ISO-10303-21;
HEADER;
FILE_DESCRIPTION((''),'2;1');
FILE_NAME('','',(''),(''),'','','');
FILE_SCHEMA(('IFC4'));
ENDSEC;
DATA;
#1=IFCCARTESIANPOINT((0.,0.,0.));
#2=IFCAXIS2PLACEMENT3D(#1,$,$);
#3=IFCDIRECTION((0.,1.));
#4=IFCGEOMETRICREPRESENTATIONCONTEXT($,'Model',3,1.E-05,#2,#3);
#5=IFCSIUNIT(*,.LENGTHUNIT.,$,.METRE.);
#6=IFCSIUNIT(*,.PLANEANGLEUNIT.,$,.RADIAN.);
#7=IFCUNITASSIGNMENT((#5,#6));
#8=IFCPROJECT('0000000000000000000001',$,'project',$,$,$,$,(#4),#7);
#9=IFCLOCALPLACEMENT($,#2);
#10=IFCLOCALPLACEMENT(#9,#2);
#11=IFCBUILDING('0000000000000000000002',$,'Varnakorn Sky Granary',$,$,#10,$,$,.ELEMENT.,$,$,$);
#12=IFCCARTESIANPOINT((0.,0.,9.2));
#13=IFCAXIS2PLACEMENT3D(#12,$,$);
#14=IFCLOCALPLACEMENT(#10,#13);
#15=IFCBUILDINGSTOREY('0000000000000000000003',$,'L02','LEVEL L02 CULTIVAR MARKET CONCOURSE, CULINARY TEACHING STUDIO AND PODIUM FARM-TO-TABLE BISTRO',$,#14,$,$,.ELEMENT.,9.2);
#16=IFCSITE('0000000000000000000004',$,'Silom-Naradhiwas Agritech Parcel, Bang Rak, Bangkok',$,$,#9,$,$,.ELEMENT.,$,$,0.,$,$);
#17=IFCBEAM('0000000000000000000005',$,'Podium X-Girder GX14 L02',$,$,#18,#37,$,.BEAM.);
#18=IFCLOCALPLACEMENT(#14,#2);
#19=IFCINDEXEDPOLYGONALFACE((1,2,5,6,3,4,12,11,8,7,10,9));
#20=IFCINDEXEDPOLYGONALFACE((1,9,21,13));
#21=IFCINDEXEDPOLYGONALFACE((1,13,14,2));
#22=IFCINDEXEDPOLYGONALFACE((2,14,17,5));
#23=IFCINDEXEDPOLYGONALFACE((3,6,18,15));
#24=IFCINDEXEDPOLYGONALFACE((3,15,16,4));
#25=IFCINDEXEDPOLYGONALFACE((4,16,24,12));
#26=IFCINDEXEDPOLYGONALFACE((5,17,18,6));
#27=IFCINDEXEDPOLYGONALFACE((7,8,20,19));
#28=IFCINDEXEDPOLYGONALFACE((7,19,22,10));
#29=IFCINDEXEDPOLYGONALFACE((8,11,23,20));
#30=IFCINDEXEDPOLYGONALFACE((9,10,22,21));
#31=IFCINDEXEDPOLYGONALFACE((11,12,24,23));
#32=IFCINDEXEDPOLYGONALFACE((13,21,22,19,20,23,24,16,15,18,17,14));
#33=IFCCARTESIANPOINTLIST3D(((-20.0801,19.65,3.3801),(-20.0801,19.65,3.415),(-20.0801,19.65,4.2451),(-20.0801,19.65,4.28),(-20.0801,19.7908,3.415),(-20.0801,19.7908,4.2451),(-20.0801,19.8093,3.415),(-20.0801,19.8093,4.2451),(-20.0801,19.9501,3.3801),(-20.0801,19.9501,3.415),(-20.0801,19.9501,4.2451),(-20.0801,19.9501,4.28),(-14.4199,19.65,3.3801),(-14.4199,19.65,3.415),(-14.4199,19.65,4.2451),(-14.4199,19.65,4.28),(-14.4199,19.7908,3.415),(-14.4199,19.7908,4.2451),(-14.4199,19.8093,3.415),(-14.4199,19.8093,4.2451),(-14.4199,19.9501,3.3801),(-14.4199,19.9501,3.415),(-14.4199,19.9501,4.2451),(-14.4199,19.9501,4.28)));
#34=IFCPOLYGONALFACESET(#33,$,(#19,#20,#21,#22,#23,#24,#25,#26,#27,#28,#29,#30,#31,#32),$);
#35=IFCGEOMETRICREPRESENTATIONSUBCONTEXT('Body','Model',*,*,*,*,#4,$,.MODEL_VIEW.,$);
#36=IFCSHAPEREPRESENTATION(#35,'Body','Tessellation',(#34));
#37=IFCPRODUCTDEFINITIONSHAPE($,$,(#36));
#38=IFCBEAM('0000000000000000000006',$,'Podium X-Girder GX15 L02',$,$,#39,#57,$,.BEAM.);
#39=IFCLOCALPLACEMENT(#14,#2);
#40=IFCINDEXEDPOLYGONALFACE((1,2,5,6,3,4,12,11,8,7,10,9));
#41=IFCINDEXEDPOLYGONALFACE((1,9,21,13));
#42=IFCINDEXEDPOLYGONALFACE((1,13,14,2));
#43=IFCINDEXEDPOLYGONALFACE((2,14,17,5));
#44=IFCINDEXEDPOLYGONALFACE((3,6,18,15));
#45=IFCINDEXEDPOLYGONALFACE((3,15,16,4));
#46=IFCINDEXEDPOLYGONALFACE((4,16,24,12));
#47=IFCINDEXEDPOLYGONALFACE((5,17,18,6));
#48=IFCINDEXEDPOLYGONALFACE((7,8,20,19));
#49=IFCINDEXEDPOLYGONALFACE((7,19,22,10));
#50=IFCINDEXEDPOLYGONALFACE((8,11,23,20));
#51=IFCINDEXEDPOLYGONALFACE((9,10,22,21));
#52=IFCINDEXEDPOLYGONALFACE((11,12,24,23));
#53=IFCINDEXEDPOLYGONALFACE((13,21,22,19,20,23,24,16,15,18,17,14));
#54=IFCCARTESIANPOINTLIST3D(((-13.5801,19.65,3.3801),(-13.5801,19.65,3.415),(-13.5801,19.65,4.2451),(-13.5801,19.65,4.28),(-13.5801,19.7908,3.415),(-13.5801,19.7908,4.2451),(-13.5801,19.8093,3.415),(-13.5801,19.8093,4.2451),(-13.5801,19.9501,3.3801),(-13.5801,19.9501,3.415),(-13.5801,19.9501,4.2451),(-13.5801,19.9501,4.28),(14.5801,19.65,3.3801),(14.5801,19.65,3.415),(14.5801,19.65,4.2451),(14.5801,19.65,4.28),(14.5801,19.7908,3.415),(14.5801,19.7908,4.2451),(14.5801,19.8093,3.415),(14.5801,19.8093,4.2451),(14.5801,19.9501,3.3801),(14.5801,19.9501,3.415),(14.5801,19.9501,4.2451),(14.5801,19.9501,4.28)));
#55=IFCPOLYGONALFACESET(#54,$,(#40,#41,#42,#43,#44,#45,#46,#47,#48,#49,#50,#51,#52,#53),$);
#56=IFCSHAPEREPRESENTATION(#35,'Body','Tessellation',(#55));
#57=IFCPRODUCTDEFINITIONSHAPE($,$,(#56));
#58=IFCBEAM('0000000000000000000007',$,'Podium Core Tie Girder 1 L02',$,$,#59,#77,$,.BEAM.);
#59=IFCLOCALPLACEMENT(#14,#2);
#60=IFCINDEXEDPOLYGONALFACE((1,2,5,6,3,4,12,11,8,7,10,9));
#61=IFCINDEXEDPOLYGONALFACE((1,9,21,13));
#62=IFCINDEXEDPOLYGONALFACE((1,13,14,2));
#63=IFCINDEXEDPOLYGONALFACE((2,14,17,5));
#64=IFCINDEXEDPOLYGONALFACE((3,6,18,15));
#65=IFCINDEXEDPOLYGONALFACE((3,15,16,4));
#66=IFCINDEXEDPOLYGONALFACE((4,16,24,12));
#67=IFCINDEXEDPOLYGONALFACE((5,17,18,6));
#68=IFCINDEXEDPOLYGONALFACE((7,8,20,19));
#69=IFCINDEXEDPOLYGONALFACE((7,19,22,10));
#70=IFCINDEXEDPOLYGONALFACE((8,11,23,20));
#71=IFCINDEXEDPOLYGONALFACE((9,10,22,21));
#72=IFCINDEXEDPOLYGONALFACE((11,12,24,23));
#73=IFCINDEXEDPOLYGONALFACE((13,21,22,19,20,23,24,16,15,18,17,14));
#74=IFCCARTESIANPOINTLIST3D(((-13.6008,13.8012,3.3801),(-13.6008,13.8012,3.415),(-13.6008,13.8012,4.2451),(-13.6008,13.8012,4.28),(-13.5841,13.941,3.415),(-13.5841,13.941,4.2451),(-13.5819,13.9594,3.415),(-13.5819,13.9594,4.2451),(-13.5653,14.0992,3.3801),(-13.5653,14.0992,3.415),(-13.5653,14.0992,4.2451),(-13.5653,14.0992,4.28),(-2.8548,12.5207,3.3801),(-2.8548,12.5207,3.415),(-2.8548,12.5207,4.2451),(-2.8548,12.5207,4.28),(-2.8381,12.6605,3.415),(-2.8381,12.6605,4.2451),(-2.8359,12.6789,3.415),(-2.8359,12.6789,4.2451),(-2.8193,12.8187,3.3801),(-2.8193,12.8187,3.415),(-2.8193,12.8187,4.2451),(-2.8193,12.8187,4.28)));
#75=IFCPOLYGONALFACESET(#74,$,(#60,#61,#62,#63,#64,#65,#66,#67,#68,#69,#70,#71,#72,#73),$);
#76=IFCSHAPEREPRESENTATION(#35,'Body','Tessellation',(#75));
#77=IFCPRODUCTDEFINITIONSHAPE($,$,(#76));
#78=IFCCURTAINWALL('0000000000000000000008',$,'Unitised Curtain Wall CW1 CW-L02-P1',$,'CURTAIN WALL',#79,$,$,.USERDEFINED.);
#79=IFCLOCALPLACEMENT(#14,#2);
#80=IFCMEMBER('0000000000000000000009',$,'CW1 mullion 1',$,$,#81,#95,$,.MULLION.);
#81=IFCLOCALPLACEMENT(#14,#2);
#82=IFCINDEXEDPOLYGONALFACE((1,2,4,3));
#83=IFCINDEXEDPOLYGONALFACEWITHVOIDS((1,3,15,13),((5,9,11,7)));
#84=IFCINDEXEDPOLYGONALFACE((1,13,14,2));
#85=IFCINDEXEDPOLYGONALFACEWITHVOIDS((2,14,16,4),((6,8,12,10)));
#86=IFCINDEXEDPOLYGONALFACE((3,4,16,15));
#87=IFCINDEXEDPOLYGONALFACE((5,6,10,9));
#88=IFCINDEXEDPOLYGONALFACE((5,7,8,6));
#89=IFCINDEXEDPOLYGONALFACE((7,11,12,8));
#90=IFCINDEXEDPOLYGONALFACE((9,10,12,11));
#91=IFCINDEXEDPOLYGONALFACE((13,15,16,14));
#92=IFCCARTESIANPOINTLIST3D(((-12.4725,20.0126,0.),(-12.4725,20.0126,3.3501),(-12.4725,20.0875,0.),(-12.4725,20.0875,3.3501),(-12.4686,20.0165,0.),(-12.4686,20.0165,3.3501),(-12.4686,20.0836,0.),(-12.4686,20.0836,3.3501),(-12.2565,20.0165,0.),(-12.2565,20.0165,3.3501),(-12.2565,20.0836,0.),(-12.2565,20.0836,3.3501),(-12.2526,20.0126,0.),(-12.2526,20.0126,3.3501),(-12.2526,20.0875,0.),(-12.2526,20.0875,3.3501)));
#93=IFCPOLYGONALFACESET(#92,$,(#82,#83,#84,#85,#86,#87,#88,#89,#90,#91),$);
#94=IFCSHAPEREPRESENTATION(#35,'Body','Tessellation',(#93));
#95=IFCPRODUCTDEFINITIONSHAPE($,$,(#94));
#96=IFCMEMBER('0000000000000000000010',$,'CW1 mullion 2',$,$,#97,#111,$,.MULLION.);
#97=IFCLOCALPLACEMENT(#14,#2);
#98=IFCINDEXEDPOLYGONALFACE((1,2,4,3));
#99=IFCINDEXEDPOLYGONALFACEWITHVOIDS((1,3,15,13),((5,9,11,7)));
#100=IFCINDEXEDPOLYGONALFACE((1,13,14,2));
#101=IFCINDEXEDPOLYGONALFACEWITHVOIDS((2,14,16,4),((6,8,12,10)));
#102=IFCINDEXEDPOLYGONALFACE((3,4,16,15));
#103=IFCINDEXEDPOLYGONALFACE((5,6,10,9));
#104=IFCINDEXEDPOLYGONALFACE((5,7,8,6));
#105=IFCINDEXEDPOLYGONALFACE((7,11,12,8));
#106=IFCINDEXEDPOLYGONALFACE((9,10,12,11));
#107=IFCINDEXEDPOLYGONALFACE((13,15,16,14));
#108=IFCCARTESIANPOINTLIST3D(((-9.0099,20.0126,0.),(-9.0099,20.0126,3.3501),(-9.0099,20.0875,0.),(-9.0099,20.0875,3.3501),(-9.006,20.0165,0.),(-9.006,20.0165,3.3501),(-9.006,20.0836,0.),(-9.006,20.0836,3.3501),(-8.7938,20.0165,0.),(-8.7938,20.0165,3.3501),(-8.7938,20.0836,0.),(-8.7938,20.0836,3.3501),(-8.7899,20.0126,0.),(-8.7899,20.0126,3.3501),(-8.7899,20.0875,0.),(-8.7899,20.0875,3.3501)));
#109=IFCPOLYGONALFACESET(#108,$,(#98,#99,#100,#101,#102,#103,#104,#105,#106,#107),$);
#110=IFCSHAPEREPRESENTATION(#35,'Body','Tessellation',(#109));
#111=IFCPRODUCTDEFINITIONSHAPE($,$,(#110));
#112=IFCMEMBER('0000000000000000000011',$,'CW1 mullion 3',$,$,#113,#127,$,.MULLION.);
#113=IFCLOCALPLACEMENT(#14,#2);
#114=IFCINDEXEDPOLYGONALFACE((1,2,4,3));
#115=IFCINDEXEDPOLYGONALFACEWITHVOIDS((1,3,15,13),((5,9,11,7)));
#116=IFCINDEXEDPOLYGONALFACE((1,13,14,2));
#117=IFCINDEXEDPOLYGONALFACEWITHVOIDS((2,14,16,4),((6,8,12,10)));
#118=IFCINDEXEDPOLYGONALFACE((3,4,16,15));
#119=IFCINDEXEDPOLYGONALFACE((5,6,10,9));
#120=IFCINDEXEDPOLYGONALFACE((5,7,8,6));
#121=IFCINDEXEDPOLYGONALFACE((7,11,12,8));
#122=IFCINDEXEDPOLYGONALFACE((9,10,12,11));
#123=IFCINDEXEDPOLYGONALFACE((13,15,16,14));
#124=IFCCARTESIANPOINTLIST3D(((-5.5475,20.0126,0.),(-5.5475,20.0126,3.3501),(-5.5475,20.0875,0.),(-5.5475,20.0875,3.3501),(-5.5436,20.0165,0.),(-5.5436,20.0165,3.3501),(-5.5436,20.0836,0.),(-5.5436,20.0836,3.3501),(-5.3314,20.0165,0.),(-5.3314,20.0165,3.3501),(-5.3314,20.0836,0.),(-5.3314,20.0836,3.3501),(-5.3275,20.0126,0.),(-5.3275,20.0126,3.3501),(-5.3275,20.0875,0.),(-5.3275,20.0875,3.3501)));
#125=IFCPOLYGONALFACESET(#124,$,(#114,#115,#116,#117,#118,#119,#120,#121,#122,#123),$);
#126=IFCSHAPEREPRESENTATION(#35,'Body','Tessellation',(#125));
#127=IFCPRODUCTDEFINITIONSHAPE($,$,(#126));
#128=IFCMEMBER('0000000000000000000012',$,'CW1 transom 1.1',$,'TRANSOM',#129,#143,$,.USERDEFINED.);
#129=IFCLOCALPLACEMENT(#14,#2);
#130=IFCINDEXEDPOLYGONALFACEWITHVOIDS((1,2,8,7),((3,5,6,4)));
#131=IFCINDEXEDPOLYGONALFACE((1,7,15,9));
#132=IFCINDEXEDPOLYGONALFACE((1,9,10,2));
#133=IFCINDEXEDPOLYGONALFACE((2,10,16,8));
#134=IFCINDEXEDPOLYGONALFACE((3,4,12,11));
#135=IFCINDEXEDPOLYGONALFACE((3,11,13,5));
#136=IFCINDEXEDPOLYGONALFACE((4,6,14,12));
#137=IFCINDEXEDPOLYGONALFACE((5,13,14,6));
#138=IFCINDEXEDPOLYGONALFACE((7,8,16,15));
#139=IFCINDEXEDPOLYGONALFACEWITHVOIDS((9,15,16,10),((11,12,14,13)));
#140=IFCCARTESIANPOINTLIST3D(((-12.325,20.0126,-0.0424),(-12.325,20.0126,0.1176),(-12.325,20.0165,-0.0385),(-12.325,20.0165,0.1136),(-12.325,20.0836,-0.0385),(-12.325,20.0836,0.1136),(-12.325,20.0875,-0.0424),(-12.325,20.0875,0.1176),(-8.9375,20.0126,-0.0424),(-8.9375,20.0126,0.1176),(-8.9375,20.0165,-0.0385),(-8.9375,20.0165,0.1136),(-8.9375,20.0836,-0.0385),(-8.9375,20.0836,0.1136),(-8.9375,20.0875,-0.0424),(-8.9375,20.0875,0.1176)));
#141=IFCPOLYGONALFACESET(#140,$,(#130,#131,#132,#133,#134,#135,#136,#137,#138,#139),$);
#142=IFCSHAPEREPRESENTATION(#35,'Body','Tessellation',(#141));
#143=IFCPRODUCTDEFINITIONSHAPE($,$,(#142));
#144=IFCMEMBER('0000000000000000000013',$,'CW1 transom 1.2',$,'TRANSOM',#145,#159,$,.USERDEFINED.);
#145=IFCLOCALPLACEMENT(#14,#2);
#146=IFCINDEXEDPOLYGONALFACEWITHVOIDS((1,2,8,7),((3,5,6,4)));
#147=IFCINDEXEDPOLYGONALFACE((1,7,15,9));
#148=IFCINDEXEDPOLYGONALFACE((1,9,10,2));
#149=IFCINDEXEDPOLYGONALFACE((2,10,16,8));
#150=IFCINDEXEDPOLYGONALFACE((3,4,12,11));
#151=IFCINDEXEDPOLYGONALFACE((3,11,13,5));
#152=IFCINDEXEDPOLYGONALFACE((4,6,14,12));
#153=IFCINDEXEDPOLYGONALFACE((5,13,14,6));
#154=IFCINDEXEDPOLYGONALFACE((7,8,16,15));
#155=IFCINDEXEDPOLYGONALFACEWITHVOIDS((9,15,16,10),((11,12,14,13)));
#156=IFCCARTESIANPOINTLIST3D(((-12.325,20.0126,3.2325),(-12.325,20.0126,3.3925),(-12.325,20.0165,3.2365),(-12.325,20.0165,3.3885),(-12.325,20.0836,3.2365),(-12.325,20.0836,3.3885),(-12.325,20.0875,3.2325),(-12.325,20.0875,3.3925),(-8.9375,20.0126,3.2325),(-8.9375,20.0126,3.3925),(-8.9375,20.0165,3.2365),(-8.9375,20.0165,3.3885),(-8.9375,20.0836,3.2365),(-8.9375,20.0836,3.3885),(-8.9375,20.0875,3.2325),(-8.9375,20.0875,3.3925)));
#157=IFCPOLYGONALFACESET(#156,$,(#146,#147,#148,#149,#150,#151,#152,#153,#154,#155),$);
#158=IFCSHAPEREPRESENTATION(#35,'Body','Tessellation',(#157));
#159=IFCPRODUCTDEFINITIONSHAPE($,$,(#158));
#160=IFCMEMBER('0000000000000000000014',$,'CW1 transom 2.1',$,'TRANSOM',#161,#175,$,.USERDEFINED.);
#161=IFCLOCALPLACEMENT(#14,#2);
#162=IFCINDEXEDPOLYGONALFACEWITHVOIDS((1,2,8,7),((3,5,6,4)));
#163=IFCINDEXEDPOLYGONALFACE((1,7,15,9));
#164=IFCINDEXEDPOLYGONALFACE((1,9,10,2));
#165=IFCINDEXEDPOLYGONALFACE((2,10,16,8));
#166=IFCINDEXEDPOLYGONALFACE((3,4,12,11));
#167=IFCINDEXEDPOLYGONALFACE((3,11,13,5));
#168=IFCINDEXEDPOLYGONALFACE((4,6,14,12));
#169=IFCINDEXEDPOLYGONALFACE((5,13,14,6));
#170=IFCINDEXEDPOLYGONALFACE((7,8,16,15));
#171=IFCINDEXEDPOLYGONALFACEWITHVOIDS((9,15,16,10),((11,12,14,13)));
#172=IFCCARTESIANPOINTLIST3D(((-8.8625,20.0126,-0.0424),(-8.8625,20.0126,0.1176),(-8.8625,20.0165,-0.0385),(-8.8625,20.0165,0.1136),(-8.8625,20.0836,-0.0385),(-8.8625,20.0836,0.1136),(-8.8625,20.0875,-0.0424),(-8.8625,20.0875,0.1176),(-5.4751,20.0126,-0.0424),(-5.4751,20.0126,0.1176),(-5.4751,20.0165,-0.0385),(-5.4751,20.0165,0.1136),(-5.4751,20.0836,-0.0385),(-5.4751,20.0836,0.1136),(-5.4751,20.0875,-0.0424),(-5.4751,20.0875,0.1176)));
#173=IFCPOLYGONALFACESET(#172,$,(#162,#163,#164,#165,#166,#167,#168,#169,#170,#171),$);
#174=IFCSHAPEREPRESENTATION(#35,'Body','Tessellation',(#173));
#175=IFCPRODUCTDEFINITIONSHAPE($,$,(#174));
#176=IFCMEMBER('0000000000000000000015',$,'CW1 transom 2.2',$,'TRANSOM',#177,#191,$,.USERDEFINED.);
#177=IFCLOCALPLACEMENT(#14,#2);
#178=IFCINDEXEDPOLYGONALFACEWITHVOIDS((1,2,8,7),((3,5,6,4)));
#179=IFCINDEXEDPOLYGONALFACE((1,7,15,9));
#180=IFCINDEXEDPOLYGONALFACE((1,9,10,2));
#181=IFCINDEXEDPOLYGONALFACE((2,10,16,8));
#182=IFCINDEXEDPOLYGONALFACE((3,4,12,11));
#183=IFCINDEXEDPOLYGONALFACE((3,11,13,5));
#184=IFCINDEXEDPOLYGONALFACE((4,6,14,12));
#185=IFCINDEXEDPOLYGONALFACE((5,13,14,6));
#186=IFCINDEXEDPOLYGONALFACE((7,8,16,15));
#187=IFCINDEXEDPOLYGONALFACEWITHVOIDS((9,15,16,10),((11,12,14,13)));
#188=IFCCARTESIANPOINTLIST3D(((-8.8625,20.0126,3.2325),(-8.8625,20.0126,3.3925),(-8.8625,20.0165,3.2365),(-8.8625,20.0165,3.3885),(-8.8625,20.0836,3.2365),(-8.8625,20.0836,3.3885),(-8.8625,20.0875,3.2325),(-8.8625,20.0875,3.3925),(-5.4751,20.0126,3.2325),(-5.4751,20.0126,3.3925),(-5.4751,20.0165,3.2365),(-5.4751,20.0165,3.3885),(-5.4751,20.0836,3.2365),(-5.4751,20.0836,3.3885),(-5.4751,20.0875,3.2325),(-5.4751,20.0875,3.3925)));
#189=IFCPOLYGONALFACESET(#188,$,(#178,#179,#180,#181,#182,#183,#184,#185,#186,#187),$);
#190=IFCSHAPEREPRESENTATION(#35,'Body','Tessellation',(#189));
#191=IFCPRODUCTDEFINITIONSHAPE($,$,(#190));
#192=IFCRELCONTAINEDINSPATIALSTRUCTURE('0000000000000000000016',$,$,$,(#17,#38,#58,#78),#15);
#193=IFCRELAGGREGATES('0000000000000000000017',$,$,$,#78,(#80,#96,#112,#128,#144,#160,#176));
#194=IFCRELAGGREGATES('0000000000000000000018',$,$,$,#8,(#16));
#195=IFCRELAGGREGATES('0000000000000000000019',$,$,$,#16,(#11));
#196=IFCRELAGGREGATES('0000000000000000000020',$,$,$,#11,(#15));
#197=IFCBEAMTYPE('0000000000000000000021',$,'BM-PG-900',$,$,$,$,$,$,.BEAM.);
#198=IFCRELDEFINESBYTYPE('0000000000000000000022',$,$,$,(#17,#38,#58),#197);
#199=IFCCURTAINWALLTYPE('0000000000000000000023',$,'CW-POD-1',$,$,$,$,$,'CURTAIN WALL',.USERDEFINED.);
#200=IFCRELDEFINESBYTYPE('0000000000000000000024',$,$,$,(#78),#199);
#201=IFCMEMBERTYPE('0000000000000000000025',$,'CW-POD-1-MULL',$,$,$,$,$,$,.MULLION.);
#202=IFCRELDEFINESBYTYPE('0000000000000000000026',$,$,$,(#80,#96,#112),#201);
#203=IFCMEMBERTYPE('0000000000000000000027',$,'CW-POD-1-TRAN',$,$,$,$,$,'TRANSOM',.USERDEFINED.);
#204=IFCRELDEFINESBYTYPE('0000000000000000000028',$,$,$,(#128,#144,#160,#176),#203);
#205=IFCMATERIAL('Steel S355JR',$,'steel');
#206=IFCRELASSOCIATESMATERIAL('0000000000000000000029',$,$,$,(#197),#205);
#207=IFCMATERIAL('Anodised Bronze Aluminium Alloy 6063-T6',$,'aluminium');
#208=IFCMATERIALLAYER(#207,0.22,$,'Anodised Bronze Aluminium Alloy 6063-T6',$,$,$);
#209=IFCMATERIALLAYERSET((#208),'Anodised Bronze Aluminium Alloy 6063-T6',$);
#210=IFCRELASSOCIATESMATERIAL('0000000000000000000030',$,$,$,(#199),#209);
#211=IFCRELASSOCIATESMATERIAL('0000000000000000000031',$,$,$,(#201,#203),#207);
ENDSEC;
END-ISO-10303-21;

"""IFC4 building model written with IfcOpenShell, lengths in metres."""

from ifc_helpers import new_model, si_unit, direction, frame, origin, origin_2d, place, context, subcontext, project, spatial, hollow_rectangle, i_section, extrude, material, layer, layer_set, material_profile, profile_set, type_object, element, aggregate, save


model = new_model("IFC4")

# Units and contexts
model_context = context("Model", 3, precision=1e-05, world=origin(), true_north=direction((0.0, 1.0)))
body_context = subcontext(model_context, "Body", "Model", "MODEL_VIEW")
ifc_project = project(units=[si_unit("LENGTHUNIT", "METRE"), si_unit("PLANEANGLEUNIT", "RADIAN")], contexts=[model_context])

# Site, building, storey
site_placement = place(None, origin())
site = spatial("IfcSite", under=ifc_project, at=site_placement, Name="Silom-Naradhiwas Agritech Parcel, Bang Rak, Bangkok", CompositionType="ELEMENT", RefElevation=0.0)
building_placement = place(site_placement, origin())
building = spatial("IfcBuilding", under=site, at=building_placement, Name="Varnakorn Sky Granary", CompositionType="ELEMENT")
storey_placement = place(building_placement, frame((0.0, 0.0, 9.2)))
storey = spatial("IfcBuildingStorey", under=building, at=storey_placement, Name="L02", Description="LEVEL L02 CULTIVAR MARKET CONCOURSE, CULINARY TEACHING STUDIO AND PODIUM FARM-TO-TABLE BISTRO", CompositionType="ELEMENT", Elevation=9.2)

# Beams
ifc_material_1 = material(Name="Steel S355JR", Category="steel")
ifc_material_profile_1 = material_profile(ifc_material_1, i_section(OverallWidth=0.3, OverallDepth=0.8999, WebThickness=0.0186, FlangeThickness=0.0349, at=origin_2d()), Name="HE 900 B")
ifc_profile_set_1 = profile_set([ifc_material_profile_1], Name="Steel S355JR")
beam_type_1 = type_object("IfcBeamType", Name="BM-PG-900", PredefinedType="BEAM", material=ifc_profile_set_1)
beam_1_placement = place(storey_placement, frame((-20.0801, 19.8, 3.8301), z_axis=(1.0, 0.0, 0.0), x_axis=(0.0, 1.0, 0.0)))
element("IfcBeam", 1, at=beam_1_placement, inside=storey, type_object=beam_type_1, Name="Podium X-Girder GX14 L02", PredefinedType="BEAM", context=body_context, shape_type="SweptSolid", body=[
    extrude(i_section(OverallWidth=0.3, OverallDepth=0.8999, WebThickness=0.0186, FlangeThickness=0.0349, at=origin_2d()), origin(), (0.0, 0.0, 1.0), 5.6602),
])
beam_2_placement = place(storey_placement, frame((-13.5801, 19.8, 3.8301), z_axis=(1.0, 0.0, 0.0), x_axis=(0.0, 1.0, 0.0)))
element("IfcBeam", 2, at=beam_2_placement, inside=storey, type_object=beam_type_1, Name="Podium X-Girder GX15 L02", PredefinedType="BEAM", context=body_context, shape_type="SweptSolid", body=[
    extrude(i_section(OverallWidth=0.3, OverallDepth=0.8999, WebThickness=0.0186, FlangeThickness=0.0349, at=origin_2d()), origin(), (0.0, 0.0, 1.0), 28.1602),
])
beam_3_placement = place(storey_placement, frame((-13.583, 13.9502, 3.8301), z_axis=(0.992975, -0.118324, 0.0), x_axis=(0.118324, 0.992975, 0.0)))
element("IfcBeam", 3, at=beam_3_placement, inside=storey, type_object=beam_type_1, Name="Podium Core Tie Girder 1 L02", PredefinedType="BEAM", context=body_context, shape_type="SweptSolid", body=[
    extrude(i_section(OverallWidth=0.3, OverallDepth=0.8999, WebThickness=0.0186, FlangeThickness=0.0349, at=origin_2d()), origin(), (0.0, 0.0, 1.0), 10.822),
])

# Curtain wall, members
ifc_material_2 = material(Name="Anodised Bronze Aluminium Alloy 6063-T6", Category="aluminium")
ifc_layer_1 = layer(ifc_material_2, 0.22, Name="Anodised Bronze Aluminium Alloy 6063-T6")
ifc_layer_set_1 = layer_set([ifc_layer_1], Name="Anodised Bronze Aluminium Alloy 6063-T6")
curtain_wall_type = type_object("IfcCurtainWallType", Name="CW-POD-1", ElementType="CURTAIN WALL", PredefinedType="USERDEFINED", material=ifc_layer_set_1)
curtain_wall_placement = place(storey_placement, origin())
curtain_wall = element("IfcCurtainWall", 4, at=curtain_wall_placement, inside=storey, type_object=curtain_wall_type, Name="Unitised Curtain Wall CW1 CW-L02-P1", ObjectType="CURTAIN WALL", PredefinedType="USERDEFINED")
ifc_material_profile_2 = material_profile(ifc_material_2, hollow_rectangle(XDim=0.075, YDim=0.22, WallThickness=0.0039, at=origin_2d()), Name="ALU MULL 75x220")
ifc_profile_set_2 = profile_set([ifc_material_profile_2], Name="Anodised Bronze Aluminium Alloy 6063-T6")
member_type_1 = type_object("IfcMemberType", Name="CW-POD-1-MULL", PredefinedType="MULLION", material=ifc_profile_set_2)
member_1_placement = place(storey_placement, frame((-12.3625, 20.05, 0.0), z_axis=(0.0, 0.0, 1.0), x_axis=(0.0, 1.0, 0.0)))
member_1 = element("IfcMember", 5, at=member_1_placement, type_object=member_type_1, Name="CW1 mullion 1", PredefinedType="MULLION", context=body_context, shape_type="SweptSolid", body=[
    extrude(hollow_rectangle(XDim=0.075, YDim=0.22, WallThickness=0.0039, at=origin_2d()), origin(), (0.0, 0.0, 1.0), 3.3501),
])
member_2_placement = place(storey_placement, frame((-8.8999, 20.05, 0.0), z_axis=(0.0, 0.0, 1.0), x_axis=(0.0, 1.0, 0.0)))
member_2 = element("IfcMember", 6, at=member_2_placement, type_object=member_type_1, Name="CW1 mullion 2", PredefinedType="MULLION", context=body_context, shape_type="SweptSolid", body=[
    extrude(hollow_rectangle(XDim=0.075, YDim=0.22, WallThickness=0.0039, at=origin_2d()), origin(), (0.0, 0.0, 1.0), 3.3501),
])
member_3_placement = place(storey_placement, frame((-5.4375, 20.05, 0.0), z_axis=(0.0, 0.0, 1.0), x_axis=(0.0, 1.0, 0.0)))
member_3 = element("IfcMember", 7, at=member_3_placement, type_object=member_type_1, Name="CW1 mullion 3", PredefinedType="MULLION", context=body_context, shape_type="SweptSolid", body=[
    extrude(hollow_rectangle(XDim=0.075, YDim=0.22, WallThickness=0.0039, at=origin_2d()), origin(), (0.0, 0.0, 1.0), 3.3501),
])
ifc_material_profile_3 = material_profile(ifc_material_2, hollow_rectangle(XDim=0.075, YDim=0.1599, WallThickness=0.0039, at=origin_2d()), Name="ALU TRAN 75x160")
ifc_profile_set_3 = profile_set([ifc_material_profile_3], Name="Anodised Bronze Aluminium Alloy 6063-T6")
member_type_2 = type_object("IfcMemberType", Name="CW-POD-1-TRAN", ElementType="TRANSOM", PredefinedType="USERDEFINED", material=ifc_profile_set_3)
member_4_placement = place(storey_placement, frame((-12.325, 20.05, 0.0376), z_axis=(1.0, 0.0, 0.0), x_axis=(0.0, 1.0, 0.0)))
member_4 = element("IfcMember", 8, at=member_4_placement, type_object=member_type_2, Name="CW1 transom 1.1", ObjectType="TRANSOM", PredefinedType="USERDEFINED", context=body_context, shape_type="SweptSolid", body=[
    extrude(hollow_rectangle(XDim=0.075, YDim=0.1599, WallThickness=0.0039, at=origin_2d()), origin(), (0.0, 0.0, 1.0), 3.3875),
])
member_5_placement = place(storey_placement, frame((-12.325, 20.05, 3.3125), z_axis=(1.0, 0.0, 0.0), x_axis=(0.0, 1.0, 0.0)))
member_5 = element("IfcMember", 9, at=member_5_placement, type_object=member_type_2, Name="CW1 transom 1.2", ObjectType="TRANSOM", PredefinedType="USERDEFINED", context=body_context, shape_type="SweptSolid", body=[
    extrude(hollow_rectangle(XDim=0.075, YDim=0.1599, WallThickness=0.0039, at=origin_2d()), origin(), (0.0, 0.0, 1.0), 3.3875),
])
member_6_placement = place(storey_placement, frame((-8.8625, 20.05, 0.0376), z_axis=(1.0, 0.0, 0.0), x_axis=(0.0, 1.0, 0.0)))
member_6 = element("IfcMember", 10, at=member_6_placement, type_object=member_type_2, Name="CW1 transom 2.1", ObjectType="TRANSOM", PredefinedType="USERDEFINED", context=body_context, shape_type="SweptSolid", body=[
    extrude(hollow_rectangle(XDim=0.075, YDim=0.1599, WallThickness=0.0039, at=origin_2d()), origin(), (0.0, 0.0, 1.0), 3.3875),
])
member_7_placement = place(storey_placement, frame((-8.8625, 20.05, 3.3125), z_axis=(1.0, 0.0, 0.0), x_axis=(0.0, 1.0, 0.0)))
member_7 = element("IfcMember", 11, at=member_7_placement, type_object=member_type_2, Name="CW1 transom 2.2", ObjectType="TRANSOM", PredefinedType="USERDEFINED", context=body_context, shape_type="SweptSolid", body=[
    extrude(hollow_rectangle(XDim=0.075, YDim=0.1599, WallThickness=0.0039, at=origin_2d()), origin(), (0.0, 0.0, 1.0), 3.3875),
])
aggregate(curtain_wall, [member_1, member_2, member_3, member_4, member_5, member_6, member_7])

save(model, "model.ifc")
